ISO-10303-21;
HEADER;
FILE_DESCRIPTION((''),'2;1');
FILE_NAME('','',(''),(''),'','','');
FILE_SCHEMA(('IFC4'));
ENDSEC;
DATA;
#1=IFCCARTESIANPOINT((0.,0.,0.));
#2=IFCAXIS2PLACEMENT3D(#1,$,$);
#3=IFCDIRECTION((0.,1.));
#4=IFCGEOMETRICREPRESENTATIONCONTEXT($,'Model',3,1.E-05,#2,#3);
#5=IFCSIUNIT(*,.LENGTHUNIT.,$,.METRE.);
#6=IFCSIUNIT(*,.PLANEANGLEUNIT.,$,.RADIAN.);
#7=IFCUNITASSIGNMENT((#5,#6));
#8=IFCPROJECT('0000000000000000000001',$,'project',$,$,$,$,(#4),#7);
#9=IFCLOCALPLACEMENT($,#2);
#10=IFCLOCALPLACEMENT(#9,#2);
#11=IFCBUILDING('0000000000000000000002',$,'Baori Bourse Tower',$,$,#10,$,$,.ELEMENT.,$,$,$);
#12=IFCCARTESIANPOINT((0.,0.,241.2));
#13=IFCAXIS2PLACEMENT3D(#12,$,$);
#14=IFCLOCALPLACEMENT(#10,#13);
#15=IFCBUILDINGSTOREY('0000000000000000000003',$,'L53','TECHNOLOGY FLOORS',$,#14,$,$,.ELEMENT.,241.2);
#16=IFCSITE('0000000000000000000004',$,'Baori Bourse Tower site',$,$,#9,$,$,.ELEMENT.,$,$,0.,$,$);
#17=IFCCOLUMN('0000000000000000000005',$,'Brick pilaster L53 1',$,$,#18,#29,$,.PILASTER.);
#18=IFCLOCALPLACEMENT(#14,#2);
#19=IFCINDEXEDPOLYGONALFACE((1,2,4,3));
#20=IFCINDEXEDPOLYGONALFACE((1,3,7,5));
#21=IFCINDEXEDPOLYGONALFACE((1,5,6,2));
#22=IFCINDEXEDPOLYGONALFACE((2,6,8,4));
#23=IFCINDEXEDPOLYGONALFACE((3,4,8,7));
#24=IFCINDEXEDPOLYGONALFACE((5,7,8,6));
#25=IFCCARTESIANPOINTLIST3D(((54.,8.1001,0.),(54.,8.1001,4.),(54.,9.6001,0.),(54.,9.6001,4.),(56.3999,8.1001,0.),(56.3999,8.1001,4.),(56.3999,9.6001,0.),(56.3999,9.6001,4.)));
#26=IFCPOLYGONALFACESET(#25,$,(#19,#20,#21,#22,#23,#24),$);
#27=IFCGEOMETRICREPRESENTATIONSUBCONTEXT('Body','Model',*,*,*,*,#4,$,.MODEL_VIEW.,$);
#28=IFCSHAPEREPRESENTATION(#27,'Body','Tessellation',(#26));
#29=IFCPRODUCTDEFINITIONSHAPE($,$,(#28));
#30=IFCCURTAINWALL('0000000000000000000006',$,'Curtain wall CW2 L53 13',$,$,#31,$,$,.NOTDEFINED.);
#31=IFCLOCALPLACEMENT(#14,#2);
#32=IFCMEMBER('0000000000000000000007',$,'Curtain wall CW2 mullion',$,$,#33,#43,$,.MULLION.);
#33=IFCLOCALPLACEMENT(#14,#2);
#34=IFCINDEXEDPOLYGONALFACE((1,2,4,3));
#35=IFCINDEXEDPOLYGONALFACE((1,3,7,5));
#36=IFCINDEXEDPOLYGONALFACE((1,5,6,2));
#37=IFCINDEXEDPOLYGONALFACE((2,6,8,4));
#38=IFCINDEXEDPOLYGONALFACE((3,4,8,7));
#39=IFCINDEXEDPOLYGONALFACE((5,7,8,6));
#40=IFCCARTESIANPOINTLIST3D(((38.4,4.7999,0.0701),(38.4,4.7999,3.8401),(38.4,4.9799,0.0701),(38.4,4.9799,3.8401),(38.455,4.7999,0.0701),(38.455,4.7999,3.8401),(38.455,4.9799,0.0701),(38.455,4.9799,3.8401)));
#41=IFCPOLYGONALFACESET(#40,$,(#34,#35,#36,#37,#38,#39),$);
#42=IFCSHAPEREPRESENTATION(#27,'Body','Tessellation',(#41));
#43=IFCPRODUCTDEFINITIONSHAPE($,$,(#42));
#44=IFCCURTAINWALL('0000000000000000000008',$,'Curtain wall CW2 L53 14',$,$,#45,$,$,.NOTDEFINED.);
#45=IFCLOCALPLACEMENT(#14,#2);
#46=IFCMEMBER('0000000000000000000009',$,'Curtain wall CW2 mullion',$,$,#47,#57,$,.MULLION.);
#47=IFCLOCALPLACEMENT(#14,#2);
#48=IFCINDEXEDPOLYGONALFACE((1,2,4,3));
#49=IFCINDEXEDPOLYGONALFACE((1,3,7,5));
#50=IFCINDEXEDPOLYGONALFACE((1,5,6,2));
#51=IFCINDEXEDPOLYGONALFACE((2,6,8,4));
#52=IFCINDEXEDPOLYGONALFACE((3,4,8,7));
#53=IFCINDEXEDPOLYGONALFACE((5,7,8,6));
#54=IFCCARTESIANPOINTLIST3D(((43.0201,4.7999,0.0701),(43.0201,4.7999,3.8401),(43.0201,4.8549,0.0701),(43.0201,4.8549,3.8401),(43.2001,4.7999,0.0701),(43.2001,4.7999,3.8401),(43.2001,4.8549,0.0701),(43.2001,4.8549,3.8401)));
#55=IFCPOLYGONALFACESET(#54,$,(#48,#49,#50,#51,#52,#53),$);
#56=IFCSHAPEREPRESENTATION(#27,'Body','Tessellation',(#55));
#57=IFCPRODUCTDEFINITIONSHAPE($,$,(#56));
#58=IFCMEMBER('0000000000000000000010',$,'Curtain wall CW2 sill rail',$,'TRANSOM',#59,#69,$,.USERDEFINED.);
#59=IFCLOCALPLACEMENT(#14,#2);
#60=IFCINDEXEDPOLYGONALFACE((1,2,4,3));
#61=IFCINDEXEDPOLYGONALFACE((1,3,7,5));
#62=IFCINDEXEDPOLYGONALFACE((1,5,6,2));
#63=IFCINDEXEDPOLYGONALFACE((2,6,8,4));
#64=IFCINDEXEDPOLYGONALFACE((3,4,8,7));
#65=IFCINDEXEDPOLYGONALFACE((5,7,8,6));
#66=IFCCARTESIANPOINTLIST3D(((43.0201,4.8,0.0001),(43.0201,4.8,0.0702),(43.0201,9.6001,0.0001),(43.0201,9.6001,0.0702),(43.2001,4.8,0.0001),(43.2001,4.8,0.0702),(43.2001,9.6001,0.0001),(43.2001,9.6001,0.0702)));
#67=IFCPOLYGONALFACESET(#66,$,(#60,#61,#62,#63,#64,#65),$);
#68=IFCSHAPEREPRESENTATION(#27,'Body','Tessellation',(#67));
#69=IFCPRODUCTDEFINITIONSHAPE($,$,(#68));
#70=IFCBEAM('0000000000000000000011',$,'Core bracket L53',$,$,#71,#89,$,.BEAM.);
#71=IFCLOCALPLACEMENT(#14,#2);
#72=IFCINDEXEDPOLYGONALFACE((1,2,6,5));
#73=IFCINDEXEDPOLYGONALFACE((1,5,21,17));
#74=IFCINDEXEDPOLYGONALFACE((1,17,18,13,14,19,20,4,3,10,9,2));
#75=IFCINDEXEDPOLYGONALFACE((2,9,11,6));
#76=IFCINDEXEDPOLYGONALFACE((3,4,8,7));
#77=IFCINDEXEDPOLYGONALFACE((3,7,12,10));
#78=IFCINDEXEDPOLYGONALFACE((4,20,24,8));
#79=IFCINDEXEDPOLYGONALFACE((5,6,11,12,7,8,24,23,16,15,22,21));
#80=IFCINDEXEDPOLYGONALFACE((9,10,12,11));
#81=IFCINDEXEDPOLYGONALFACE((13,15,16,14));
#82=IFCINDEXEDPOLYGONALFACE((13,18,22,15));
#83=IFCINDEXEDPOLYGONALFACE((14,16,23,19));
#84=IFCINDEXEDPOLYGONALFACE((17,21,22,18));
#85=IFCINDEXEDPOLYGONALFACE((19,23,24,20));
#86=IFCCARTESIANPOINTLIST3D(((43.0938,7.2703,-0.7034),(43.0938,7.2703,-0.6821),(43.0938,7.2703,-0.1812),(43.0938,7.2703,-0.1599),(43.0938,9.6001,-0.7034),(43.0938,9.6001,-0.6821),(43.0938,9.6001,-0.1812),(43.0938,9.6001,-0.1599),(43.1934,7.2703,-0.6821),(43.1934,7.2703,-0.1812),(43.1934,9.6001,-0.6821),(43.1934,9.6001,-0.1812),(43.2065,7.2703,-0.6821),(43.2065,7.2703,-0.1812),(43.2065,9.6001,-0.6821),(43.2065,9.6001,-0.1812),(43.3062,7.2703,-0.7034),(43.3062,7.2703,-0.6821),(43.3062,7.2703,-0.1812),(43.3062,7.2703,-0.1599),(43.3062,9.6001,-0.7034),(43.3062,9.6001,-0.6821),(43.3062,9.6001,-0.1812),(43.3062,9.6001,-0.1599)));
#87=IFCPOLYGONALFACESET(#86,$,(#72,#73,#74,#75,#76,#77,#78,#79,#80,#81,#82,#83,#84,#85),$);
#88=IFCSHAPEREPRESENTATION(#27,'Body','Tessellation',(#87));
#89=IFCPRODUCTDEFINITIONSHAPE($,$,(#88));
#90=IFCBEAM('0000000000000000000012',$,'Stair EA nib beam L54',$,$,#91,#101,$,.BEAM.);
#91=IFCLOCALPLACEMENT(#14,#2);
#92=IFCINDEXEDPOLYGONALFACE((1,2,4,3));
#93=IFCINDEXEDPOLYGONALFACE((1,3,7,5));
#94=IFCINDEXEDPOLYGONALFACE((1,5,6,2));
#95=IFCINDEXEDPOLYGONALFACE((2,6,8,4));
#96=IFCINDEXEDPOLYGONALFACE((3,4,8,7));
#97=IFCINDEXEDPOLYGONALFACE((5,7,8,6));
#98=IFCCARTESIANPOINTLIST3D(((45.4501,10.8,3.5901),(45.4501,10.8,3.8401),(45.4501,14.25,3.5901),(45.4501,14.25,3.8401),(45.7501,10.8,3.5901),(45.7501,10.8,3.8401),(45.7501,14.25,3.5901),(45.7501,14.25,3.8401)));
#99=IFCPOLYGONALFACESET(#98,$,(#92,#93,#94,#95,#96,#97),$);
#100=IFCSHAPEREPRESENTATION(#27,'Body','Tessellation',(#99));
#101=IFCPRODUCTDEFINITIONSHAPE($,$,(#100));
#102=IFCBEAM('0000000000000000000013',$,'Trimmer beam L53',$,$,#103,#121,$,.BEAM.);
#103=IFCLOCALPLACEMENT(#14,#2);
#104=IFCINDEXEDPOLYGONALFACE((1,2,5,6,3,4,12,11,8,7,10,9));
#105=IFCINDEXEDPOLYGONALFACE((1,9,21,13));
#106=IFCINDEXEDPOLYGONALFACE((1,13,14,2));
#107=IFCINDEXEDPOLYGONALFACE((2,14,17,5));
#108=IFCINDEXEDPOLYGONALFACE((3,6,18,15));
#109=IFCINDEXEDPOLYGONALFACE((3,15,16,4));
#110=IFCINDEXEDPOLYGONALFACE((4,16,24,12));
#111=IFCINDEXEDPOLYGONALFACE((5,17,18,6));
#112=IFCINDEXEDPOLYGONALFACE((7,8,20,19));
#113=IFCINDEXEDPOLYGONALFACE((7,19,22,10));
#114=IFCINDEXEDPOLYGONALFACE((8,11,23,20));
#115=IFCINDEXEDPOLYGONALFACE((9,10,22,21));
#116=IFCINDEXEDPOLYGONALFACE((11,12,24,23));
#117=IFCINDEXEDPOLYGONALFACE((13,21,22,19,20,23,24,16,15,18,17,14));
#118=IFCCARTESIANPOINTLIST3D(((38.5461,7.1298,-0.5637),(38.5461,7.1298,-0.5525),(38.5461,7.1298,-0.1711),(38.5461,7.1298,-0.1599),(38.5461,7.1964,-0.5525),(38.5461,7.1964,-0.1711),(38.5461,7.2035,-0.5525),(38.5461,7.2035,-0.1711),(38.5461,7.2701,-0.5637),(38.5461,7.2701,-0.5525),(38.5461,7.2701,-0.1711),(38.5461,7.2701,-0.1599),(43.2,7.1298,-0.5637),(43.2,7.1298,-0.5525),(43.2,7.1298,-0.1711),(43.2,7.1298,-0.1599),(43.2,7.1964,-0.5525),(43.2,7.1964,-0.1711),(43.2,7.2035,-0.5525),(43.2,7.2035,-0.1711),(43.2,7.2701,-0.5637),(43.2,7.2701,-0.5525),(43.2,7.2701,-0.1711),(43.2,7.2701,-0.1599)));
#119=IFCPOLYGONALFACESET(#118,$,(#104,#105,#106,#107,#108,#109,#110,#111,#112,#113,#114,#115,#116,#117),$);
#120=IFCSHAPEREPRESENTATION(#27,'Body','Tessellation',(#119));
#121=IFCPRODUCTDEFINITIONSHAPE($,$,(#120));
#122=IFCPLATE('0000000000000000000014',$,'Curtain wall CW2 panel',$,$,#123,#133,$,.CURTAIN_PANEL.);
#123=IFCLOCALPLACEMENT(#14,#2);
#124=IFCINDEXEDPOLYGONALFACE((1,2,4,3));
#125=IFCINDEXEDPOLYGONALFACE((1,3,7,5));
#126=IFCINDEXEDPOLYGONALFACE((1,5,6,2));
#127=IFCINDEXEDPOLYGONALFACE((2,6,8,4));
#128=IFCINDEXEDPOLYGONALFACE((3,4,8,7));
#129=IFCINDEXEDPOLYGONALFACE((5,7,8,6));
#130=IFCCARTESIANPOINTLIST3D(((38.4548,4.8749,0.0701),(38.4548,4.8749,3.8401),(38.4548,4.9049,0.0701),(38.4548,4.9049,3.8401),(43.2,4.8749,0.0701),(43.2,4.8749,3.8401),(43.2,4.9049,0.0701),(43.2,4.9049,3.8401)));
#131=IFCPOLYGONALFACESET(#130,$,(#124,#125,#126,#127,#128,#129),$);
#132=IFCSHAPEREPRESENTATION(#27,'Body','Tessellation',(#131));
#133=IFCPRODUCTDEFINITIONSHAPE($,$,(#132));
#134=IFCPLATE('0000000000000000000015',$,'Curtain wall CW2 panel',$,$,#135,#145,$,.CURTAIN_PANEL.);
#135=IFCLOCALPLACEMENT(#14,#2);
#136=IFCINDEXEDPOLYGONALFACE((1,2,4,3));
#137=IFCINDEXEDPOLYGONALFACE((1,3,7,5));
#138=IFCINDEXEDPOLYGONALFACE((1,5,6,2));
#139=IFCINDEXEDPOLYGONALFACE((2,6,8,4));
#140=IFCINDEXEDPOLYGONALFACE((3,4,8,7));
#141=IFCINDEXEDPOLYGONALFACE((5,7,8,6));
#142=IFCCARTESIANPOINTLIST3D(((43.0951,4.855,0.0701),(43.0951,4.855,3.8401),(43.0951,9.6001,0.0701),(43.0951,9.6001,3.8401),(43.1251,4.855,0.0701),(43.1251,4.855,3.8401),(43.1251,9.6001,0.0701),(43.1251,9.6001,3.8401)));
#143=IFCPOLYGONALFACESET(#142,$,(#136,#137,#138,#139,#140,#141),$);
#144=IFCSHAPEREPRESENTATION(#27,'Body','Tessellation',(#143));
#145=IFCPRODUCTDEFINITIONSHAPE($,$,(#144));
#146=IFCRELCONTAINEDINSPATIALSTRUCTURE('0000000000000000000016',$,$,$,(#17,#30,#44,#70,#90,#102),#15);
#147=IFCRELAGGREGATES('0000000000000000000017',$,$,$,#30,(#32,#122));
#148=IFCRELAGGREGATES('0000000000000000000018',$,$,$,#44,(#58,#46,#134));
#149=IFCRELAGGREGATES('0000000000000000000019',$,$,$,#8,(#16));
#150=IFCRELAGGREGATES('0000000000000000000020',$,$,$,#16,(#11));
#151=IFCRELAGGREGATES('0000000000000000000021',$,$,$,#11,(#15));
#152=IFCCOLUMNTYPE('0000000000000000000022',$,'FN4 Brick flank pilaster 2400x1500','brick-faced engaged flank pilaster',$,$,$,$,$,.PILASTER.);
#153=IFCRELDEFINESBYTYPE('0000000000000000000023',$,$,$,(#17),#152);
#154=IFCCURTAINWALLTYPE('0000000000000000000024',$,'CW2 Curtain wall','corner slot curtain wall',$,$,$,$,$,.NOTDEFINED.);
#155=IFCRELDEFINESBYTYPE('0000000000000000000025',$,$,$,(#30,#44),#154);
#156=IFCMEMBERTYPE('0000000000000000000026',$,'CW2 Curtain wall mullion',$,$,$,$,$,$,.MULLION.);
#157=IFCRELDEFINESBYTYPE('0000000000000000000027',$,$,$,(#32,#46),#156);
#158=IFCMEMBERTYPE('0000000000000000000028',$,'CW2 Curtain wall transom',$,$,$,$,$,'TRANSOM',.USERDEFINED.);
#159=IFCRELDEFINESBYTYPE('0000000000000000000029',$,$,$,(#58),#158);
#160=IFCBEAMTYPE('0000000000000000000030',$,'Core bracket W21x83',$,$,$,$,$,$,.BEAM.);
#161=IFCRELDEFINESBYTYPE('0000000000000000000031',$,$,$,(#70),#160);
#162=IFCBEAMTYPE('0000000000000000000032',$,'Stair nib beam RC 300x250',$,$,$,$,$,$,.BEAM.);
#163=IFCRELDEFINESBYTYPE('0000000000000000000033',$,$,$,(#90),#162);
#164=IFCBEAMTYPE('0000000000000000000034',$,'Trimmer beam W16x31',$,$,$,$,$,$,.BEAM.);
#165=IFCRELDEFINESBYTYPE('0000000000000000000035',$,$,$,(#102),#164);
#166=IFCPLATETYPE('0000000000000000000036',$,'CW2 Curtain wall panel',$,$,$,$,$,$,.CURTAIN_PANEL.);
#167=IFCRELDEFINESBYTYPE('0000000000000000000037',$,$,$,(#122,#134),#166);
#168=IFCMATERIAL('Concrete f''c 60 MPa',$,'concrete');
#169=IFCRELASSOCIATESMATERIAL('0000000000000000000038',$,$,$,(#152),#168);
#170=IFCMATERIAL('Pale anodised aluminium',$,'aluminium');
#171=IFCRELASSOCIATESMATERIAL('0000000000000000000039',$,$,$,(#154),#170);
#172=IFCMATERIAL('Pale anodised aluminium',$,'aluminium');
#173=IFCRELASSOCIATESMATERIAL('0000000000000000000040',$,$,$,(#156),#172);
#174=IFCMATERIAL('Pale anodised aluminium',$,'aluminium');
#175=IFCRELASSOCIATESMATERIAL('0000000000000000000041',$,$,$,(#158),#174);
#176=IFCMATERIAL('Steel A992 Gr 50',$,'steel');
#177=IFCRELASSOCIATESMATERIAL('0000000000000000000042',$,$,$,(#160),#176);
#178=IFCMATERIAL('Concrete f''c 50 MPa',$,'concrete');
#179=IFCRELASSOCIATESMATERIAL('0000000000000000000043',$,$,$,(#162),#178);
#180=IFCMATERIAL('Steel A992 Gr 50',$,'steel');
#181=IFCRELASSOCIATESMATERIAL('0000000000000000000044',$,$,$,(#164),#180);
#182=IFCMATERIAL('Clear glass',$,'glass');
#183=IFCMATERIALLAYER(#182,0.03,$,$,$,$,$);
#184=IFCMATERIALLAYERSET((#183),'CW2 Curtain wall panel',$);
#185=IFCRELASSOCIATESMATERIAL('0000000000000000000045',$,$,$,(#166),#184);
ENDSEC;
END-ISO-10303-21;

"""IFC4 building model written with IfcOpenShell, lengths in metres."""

from ifc_helpers import new_model, si_unit, direction, frame, origin, origin_2d, place, context, subcontext, project, spatial, rectangle, i_section, extrude, material, layer, layer_set, material_profile, profile_set, type_object, element, aggregate, save


model = new_model("IFC4")

# Units and contexts
model_context = context("Model", 3, precision=1e-05, world=origin(), true_north=direction((0.0, 1.0)))
body_context = subcontext(model_context, "Body", "Model", "MODEL_VIEW")
ifc_project = project(units=[si_unit("LENGTHUNIT", "METRE"), si_unit("PLANEANGLEUNIT", "RADIAN")], contexts=[model_context])

# Site, building, storey
site_placement = place(None, origin())
site = spatial("IfcSite", under=ifc_project, at=site_placement, Name="Baori Bourse Tower site", CompositionType="ELEMENT", RefElevation=0.0)
building_placement = place(site_placement, origin())
building = spatial("IfcBuilding", under=site, at=building_placement, Name="Baori Bourse Tower", CompositionType="ELEMENT")
storey_placement = place(building_placement, frame((0.0, 0.0, 241.2)))
storey = spatial("IfcBuildingStorey", under=building, at=storey_placement, Name="L53", Description="TECHNOLOGY FLOORS", CompositionType="ELEMENT", Elevation=241.2)

# Column
ifc_material_1 = material(Name="Concrete f'c 60 MPa", Category="concrete")
ifc_material_profile_1 = material_profile(ifc_material_1, rectangle(XDim=2.3999, YDim=1.5, at=origin_2d()), Name="RC 2400x1500")
ifc_profile_set_1 = profile_set([ifc_material_profile_1], Name="Concrete f'c 60 MPa")
column_type = type_object("IfcColumnType", Name="FN4 Brick flank pilaster 2400x1500", Description="brick-faced engaged flank pilaster", PredefinedType="PILASTER", material=ifc_profile_set_1)
column_placement = place(storey_placement, frame((55.2, 8.8501, 0.0), z_axis=(0.0, 0.0, 1.0), x_axis=(1.0, 0.0, 0.0)))
element("IfcColumn", 1, at=column_placement, inside=storey, type_object=column_type, Name="Brick pilaster L53 1", PredefinedType="PILASTER", context=body_context, shape_type="SweptSolid", body=[
    extrude(rectangle(XDim=2.3999, YDim=1.5, at=origin_2d()), origin(), (0.0, 0.0, 1.0), 4.0),
])

# Curtain wall, member
ifc_material_2 = material(Name="Pale anodised aluminium", Category="aluminium")
curtain_wall_type = type_object("IfcCurtainWallType", Name="CW2 Curtain wall", Description="corner slot curtain wall", PredefinedType="NOTDEFINED", material=ifc_material_2)
curtain_wall_1_placement = place(storey_placement, origin())
curtain_wall_1 = element("IfcCurtainWall", 2, at=curtain_wall_1_placement, inside=storey, type_object=curtain_wall_type, Name="Curtain wall CW2 L53 13", PredefinedType="NOTDEFINED")
ifc_material_3 = material(Name="Pale anodised aluminium", Category="aluminium")
ifc_material_profile_2 = material_profile(ifc_material_3, rectangle(XDim=0.1799, YDim=0.0549, at=origin_2d()), Name="Mullion 55x180")
ifc_profile_set_2 = profile_set([ifc_material_profile_2], Name="Pale anodised aluminium")
member_type_1 = type_object("IfcMemberType", Name="CW2 Curtain wall mullion", PredefinedType="MULLION", material=ifc_profile_set_2)
member_1_placement = place(storey_placement, frame((38.4275, 4.8899, 0.0701), z_axis=(0.0, 0.0, 1.0), x_axis=(0.0, 1.0, 0.0)))
member_1 = element("IfcMember", 3, at=member_1_placement, type_object=member_type_1, Name="Curtain wall CW2 mullion", PredefinedType="MULLION", context=body_context, shape_type="SweptSolid", body=[
    extrude(rectangle(XDim=0.1799, YDim=0.0549, at=origin_2d()), origin(), (0.0, 0.0, 1.0), 3.77),
])

# Curtain wall, members
curtain_wall_2_placement = place(storey_placement, origin())
curtain_wall_2 = element("IfcCurtainWall", 4, at=curtain_wall_2_placement, inside=storey, type_object=curtain_wall_type, Name="Curtain wall CW2 L53 14", PredefinedType="NOTDEFINED")
member_2_placement = place(storey_placement, frame((43.1101, 4.8274, 0.0701), z_axis=(0.0, 0.0, 1.0), x_axis=(-1.0, 0.0, 0.0)))
member_2 = element("IfcMember", 5, at=member_2_placement, type_object=member_type_1, Name="Curtain wall CW2 mullion", PredefinedType="MULLION", context=body_context, shape_type="SweptSolid", body=[
    extrude(rectangle(XDim=0.1799, YDim=0.0549, at=origin_2d()), origin(), (0.0, 0.0, 1.0), 3.77),
])
ifc_material_4 = material(Name="Pale anodised aluminium", Category="aluminium")
ifc_material_profile_3 = material_profile(ifc_material_4, rectangle(XDim=0.1799, YDim=0.0701, at=origin_2d()), Name="Transom 70x180")
ifc_profile_set_3 = profile_set([ifc_material_profile_3], Name="Pale anodised aluminium")
member_type_2 = type_object("IfcMemberType", Name="CW2 Curtain wall transom", ElementType="TRANSOM", PredefinedType="USERDEFINED", material=ifc_profile_set_3)
member_3_placement = place(storey_placement, frame((43.1101, 4.8, 0.0352), z_axis=(0.0, 1.0, 0.0), x_axis=(-1.0, 0.0, 0.0)))
member_3 = element("IfcMember", 6, at=member_3_placement, type_object=member_type_2, Name="Curtain wall CW2 sill rail", ObjectType="TRANSOM", PredefinedType="USERDEFINED", context=body_context, shape_type="SweptSolid", body=[
    extrude(rectangle(XDim=0.1799, YDim=0.0701, at=origin_2d()), origin(), (0.0, 0.0, 1.0), 4.8),
])

# Beams
ifc_material_5 = material(Name="Steel A992 Gr 50", Category="steel")
ifc_material_profile_4 = material_profile(ifc_material_5, i_section(OverallWidth=0.2124, OverallDepth=0.5435, WebThickness=0.0132, FlangeThickness=0.0212, at=origin_2d()), Name="W21x83")
ifc_profile_set_4 = profile_set([ifc_material_profile_4], Name="Steel A992 Gr 50")
beam_type_1 = type_object("IfcBeamType", Name="Core bracket W21x83", PredefinedType="BEAM", material=ifc_profile_set_4)
beam_1_placement = place(storey_placement, frame((43.2, 7.2703, -0.4316), z_axis=(0.0, 1.0, 0.0), x_axis=(-1.0, 0.0, 0.0)))
element("IfcBeam", 7, at=beam_1_placement, inside=storey, type_object=beam_type_1, Name="Core bracket L53", PredefinedType="BEAM", context=body_context, shape_type="SweptSolid", body=[
    extrude(i_section(OverallWidth=0.2124, OverallDepth=0.5435, WebThickness=0.0132, FlangeThickness=0.0212, at=origin_2d()), origin(), (0.0, 0.0, 1.0), 2.3298),
])
ifc_material_6 = material(Name="Concrete f'c 50 MPa", Category="concrete")
ifc_material_profile_5 = material_profile(ifc_material_6, rectangle(XDim=0.3, YDim=0.25, at=origin_2d()), Name="RC 300x250")
ifc_profile_set_5 = profile_set([ifc_material_profile_5], Name="Concrete f'c 50 MPa")
beam_type_2 = type_object("IfcBeamType", Name="Stair nib beam RC 300x250", PredefinedType="BEAM", material=ifc_profile_set_5)
beam_2_placement = place(storey_placement, frame((45.6001, 10.8, 3.7151), z_axis=(0.0, 1.0, 0.0), x_axis=(-1.0, 0.0, 0.0)))
element("IfcBeam", 8, at=beam_2_placement, inside=storey, type_object=beam_type_2, Name="Stair EA nib beam L54", PredefinedType="BEAM", context=body_context, shape_type="SweptSolid", body=[
    extrude(rectangle(XDim=0.3, YDim=0.25, at=origin_2d()), origin(), (0.0, 0.0, 1.0), 3.45),
])
ifc_material_7 = material(Name="Steel A992 Gr 50", Category="steel")
ifc_material_profile_6 = material_profile(ifc_material_7, i_section(OverallWidth=0.1404, OverallDepth=0.4038, WebThickness=0.0071, FlangeThickness=0.0112, at=origin_2d()), Name="W16x31")
ifc_profile_set_6 = profile_set([ifc_material_profile_6], Name="Steel A992 Gr 50")
beam_type_3 = type_object("IfcBeamType", Name="Trimmer beam W16x31", PredefinedType="BEAM", material=ifc_profile_set_6)
beam_3_placement = place(storey_placement, frame((38.5461, 7.2, -0.3618), z_axis=(1.0, 0.0, 0.0), x_axis=(0.0, 1.0, 0.0)))
element("IfcBeam", 9, at=beam_3_placement, inside=storey, type_object=beam_type_3, Name="Trimmer beam L53", PredefinedType="BEAM", context=body_context, shape_type="SweptSolid", body=[
    extrude(i_section(OverallWidth=0.1404, OverallDepth=0.4038, WebThickness=0.0071, FlangeThickness=0.0112, at=origin_2d()), origin(), (0.0, 0.0, 1.0), 4.6538),
])

# Plates
ifc_material_8 = material(Name="Clear glass", Category="glass")
ifc_layer_1 = layer(ifc_material_8, 0.03)
ifc_layer_set_1 = layer_set([ifc_layer_1], Name="CW2 Curtain wall panel")
plate_type = type_object("IfcPlateType", Name="CW2 Curtain wall panel", PredefinedType="CURTAIN_PANEL", material=ifc_layer_set_1)
plate_1_placement = place(storey_placement, frame((40.8274, 4.8899, 0.0701), z_axis=(0.0, 0.0, 1.0), x_axis=(1.0, 0.0, 0.0)))
plate_1 = element("IfcPlate", 10, at=plate_1_placement, type_object=plate_type, Name="Curtain wall CW2 panel", PredefinedType="CURTAIN_PANEL", context=body_context, shape_type="SweptSolid", body=[
    extrude(rectangle(XDim=4.7451, YDim=0.03, at=origin_2d()), origin(), (0.0, 0.0, 1.0), 3.77),
])
aggregate(curtain_wall_1, [member_1, plate_1])
plate_2_placement = place(storey_placement, frame((43.1101, 7.2275, 0.0701), z_axis=(0.0, 0.0, 1.0), x_axis=(0.0, 1.0, 0.0)))
plate_2 = element("IfcPlate", 11, at=plate_2_placement, type_object=plate_type, Name="Curtain wall CW2 panel", PredefinedType="CURTAIN_PANEL", context=body_context, shape_type="SweptSolid", body=[
    extrude(rectangle(XDim=4.7451, YDim=0.03, at=origin_2d()), origin(), (0.0, 0.0, 1.0), 3.77),
])
aggregate(curtain_wall_2, [member_3, member_2, plate_2])

save(model, "model.ifc")
